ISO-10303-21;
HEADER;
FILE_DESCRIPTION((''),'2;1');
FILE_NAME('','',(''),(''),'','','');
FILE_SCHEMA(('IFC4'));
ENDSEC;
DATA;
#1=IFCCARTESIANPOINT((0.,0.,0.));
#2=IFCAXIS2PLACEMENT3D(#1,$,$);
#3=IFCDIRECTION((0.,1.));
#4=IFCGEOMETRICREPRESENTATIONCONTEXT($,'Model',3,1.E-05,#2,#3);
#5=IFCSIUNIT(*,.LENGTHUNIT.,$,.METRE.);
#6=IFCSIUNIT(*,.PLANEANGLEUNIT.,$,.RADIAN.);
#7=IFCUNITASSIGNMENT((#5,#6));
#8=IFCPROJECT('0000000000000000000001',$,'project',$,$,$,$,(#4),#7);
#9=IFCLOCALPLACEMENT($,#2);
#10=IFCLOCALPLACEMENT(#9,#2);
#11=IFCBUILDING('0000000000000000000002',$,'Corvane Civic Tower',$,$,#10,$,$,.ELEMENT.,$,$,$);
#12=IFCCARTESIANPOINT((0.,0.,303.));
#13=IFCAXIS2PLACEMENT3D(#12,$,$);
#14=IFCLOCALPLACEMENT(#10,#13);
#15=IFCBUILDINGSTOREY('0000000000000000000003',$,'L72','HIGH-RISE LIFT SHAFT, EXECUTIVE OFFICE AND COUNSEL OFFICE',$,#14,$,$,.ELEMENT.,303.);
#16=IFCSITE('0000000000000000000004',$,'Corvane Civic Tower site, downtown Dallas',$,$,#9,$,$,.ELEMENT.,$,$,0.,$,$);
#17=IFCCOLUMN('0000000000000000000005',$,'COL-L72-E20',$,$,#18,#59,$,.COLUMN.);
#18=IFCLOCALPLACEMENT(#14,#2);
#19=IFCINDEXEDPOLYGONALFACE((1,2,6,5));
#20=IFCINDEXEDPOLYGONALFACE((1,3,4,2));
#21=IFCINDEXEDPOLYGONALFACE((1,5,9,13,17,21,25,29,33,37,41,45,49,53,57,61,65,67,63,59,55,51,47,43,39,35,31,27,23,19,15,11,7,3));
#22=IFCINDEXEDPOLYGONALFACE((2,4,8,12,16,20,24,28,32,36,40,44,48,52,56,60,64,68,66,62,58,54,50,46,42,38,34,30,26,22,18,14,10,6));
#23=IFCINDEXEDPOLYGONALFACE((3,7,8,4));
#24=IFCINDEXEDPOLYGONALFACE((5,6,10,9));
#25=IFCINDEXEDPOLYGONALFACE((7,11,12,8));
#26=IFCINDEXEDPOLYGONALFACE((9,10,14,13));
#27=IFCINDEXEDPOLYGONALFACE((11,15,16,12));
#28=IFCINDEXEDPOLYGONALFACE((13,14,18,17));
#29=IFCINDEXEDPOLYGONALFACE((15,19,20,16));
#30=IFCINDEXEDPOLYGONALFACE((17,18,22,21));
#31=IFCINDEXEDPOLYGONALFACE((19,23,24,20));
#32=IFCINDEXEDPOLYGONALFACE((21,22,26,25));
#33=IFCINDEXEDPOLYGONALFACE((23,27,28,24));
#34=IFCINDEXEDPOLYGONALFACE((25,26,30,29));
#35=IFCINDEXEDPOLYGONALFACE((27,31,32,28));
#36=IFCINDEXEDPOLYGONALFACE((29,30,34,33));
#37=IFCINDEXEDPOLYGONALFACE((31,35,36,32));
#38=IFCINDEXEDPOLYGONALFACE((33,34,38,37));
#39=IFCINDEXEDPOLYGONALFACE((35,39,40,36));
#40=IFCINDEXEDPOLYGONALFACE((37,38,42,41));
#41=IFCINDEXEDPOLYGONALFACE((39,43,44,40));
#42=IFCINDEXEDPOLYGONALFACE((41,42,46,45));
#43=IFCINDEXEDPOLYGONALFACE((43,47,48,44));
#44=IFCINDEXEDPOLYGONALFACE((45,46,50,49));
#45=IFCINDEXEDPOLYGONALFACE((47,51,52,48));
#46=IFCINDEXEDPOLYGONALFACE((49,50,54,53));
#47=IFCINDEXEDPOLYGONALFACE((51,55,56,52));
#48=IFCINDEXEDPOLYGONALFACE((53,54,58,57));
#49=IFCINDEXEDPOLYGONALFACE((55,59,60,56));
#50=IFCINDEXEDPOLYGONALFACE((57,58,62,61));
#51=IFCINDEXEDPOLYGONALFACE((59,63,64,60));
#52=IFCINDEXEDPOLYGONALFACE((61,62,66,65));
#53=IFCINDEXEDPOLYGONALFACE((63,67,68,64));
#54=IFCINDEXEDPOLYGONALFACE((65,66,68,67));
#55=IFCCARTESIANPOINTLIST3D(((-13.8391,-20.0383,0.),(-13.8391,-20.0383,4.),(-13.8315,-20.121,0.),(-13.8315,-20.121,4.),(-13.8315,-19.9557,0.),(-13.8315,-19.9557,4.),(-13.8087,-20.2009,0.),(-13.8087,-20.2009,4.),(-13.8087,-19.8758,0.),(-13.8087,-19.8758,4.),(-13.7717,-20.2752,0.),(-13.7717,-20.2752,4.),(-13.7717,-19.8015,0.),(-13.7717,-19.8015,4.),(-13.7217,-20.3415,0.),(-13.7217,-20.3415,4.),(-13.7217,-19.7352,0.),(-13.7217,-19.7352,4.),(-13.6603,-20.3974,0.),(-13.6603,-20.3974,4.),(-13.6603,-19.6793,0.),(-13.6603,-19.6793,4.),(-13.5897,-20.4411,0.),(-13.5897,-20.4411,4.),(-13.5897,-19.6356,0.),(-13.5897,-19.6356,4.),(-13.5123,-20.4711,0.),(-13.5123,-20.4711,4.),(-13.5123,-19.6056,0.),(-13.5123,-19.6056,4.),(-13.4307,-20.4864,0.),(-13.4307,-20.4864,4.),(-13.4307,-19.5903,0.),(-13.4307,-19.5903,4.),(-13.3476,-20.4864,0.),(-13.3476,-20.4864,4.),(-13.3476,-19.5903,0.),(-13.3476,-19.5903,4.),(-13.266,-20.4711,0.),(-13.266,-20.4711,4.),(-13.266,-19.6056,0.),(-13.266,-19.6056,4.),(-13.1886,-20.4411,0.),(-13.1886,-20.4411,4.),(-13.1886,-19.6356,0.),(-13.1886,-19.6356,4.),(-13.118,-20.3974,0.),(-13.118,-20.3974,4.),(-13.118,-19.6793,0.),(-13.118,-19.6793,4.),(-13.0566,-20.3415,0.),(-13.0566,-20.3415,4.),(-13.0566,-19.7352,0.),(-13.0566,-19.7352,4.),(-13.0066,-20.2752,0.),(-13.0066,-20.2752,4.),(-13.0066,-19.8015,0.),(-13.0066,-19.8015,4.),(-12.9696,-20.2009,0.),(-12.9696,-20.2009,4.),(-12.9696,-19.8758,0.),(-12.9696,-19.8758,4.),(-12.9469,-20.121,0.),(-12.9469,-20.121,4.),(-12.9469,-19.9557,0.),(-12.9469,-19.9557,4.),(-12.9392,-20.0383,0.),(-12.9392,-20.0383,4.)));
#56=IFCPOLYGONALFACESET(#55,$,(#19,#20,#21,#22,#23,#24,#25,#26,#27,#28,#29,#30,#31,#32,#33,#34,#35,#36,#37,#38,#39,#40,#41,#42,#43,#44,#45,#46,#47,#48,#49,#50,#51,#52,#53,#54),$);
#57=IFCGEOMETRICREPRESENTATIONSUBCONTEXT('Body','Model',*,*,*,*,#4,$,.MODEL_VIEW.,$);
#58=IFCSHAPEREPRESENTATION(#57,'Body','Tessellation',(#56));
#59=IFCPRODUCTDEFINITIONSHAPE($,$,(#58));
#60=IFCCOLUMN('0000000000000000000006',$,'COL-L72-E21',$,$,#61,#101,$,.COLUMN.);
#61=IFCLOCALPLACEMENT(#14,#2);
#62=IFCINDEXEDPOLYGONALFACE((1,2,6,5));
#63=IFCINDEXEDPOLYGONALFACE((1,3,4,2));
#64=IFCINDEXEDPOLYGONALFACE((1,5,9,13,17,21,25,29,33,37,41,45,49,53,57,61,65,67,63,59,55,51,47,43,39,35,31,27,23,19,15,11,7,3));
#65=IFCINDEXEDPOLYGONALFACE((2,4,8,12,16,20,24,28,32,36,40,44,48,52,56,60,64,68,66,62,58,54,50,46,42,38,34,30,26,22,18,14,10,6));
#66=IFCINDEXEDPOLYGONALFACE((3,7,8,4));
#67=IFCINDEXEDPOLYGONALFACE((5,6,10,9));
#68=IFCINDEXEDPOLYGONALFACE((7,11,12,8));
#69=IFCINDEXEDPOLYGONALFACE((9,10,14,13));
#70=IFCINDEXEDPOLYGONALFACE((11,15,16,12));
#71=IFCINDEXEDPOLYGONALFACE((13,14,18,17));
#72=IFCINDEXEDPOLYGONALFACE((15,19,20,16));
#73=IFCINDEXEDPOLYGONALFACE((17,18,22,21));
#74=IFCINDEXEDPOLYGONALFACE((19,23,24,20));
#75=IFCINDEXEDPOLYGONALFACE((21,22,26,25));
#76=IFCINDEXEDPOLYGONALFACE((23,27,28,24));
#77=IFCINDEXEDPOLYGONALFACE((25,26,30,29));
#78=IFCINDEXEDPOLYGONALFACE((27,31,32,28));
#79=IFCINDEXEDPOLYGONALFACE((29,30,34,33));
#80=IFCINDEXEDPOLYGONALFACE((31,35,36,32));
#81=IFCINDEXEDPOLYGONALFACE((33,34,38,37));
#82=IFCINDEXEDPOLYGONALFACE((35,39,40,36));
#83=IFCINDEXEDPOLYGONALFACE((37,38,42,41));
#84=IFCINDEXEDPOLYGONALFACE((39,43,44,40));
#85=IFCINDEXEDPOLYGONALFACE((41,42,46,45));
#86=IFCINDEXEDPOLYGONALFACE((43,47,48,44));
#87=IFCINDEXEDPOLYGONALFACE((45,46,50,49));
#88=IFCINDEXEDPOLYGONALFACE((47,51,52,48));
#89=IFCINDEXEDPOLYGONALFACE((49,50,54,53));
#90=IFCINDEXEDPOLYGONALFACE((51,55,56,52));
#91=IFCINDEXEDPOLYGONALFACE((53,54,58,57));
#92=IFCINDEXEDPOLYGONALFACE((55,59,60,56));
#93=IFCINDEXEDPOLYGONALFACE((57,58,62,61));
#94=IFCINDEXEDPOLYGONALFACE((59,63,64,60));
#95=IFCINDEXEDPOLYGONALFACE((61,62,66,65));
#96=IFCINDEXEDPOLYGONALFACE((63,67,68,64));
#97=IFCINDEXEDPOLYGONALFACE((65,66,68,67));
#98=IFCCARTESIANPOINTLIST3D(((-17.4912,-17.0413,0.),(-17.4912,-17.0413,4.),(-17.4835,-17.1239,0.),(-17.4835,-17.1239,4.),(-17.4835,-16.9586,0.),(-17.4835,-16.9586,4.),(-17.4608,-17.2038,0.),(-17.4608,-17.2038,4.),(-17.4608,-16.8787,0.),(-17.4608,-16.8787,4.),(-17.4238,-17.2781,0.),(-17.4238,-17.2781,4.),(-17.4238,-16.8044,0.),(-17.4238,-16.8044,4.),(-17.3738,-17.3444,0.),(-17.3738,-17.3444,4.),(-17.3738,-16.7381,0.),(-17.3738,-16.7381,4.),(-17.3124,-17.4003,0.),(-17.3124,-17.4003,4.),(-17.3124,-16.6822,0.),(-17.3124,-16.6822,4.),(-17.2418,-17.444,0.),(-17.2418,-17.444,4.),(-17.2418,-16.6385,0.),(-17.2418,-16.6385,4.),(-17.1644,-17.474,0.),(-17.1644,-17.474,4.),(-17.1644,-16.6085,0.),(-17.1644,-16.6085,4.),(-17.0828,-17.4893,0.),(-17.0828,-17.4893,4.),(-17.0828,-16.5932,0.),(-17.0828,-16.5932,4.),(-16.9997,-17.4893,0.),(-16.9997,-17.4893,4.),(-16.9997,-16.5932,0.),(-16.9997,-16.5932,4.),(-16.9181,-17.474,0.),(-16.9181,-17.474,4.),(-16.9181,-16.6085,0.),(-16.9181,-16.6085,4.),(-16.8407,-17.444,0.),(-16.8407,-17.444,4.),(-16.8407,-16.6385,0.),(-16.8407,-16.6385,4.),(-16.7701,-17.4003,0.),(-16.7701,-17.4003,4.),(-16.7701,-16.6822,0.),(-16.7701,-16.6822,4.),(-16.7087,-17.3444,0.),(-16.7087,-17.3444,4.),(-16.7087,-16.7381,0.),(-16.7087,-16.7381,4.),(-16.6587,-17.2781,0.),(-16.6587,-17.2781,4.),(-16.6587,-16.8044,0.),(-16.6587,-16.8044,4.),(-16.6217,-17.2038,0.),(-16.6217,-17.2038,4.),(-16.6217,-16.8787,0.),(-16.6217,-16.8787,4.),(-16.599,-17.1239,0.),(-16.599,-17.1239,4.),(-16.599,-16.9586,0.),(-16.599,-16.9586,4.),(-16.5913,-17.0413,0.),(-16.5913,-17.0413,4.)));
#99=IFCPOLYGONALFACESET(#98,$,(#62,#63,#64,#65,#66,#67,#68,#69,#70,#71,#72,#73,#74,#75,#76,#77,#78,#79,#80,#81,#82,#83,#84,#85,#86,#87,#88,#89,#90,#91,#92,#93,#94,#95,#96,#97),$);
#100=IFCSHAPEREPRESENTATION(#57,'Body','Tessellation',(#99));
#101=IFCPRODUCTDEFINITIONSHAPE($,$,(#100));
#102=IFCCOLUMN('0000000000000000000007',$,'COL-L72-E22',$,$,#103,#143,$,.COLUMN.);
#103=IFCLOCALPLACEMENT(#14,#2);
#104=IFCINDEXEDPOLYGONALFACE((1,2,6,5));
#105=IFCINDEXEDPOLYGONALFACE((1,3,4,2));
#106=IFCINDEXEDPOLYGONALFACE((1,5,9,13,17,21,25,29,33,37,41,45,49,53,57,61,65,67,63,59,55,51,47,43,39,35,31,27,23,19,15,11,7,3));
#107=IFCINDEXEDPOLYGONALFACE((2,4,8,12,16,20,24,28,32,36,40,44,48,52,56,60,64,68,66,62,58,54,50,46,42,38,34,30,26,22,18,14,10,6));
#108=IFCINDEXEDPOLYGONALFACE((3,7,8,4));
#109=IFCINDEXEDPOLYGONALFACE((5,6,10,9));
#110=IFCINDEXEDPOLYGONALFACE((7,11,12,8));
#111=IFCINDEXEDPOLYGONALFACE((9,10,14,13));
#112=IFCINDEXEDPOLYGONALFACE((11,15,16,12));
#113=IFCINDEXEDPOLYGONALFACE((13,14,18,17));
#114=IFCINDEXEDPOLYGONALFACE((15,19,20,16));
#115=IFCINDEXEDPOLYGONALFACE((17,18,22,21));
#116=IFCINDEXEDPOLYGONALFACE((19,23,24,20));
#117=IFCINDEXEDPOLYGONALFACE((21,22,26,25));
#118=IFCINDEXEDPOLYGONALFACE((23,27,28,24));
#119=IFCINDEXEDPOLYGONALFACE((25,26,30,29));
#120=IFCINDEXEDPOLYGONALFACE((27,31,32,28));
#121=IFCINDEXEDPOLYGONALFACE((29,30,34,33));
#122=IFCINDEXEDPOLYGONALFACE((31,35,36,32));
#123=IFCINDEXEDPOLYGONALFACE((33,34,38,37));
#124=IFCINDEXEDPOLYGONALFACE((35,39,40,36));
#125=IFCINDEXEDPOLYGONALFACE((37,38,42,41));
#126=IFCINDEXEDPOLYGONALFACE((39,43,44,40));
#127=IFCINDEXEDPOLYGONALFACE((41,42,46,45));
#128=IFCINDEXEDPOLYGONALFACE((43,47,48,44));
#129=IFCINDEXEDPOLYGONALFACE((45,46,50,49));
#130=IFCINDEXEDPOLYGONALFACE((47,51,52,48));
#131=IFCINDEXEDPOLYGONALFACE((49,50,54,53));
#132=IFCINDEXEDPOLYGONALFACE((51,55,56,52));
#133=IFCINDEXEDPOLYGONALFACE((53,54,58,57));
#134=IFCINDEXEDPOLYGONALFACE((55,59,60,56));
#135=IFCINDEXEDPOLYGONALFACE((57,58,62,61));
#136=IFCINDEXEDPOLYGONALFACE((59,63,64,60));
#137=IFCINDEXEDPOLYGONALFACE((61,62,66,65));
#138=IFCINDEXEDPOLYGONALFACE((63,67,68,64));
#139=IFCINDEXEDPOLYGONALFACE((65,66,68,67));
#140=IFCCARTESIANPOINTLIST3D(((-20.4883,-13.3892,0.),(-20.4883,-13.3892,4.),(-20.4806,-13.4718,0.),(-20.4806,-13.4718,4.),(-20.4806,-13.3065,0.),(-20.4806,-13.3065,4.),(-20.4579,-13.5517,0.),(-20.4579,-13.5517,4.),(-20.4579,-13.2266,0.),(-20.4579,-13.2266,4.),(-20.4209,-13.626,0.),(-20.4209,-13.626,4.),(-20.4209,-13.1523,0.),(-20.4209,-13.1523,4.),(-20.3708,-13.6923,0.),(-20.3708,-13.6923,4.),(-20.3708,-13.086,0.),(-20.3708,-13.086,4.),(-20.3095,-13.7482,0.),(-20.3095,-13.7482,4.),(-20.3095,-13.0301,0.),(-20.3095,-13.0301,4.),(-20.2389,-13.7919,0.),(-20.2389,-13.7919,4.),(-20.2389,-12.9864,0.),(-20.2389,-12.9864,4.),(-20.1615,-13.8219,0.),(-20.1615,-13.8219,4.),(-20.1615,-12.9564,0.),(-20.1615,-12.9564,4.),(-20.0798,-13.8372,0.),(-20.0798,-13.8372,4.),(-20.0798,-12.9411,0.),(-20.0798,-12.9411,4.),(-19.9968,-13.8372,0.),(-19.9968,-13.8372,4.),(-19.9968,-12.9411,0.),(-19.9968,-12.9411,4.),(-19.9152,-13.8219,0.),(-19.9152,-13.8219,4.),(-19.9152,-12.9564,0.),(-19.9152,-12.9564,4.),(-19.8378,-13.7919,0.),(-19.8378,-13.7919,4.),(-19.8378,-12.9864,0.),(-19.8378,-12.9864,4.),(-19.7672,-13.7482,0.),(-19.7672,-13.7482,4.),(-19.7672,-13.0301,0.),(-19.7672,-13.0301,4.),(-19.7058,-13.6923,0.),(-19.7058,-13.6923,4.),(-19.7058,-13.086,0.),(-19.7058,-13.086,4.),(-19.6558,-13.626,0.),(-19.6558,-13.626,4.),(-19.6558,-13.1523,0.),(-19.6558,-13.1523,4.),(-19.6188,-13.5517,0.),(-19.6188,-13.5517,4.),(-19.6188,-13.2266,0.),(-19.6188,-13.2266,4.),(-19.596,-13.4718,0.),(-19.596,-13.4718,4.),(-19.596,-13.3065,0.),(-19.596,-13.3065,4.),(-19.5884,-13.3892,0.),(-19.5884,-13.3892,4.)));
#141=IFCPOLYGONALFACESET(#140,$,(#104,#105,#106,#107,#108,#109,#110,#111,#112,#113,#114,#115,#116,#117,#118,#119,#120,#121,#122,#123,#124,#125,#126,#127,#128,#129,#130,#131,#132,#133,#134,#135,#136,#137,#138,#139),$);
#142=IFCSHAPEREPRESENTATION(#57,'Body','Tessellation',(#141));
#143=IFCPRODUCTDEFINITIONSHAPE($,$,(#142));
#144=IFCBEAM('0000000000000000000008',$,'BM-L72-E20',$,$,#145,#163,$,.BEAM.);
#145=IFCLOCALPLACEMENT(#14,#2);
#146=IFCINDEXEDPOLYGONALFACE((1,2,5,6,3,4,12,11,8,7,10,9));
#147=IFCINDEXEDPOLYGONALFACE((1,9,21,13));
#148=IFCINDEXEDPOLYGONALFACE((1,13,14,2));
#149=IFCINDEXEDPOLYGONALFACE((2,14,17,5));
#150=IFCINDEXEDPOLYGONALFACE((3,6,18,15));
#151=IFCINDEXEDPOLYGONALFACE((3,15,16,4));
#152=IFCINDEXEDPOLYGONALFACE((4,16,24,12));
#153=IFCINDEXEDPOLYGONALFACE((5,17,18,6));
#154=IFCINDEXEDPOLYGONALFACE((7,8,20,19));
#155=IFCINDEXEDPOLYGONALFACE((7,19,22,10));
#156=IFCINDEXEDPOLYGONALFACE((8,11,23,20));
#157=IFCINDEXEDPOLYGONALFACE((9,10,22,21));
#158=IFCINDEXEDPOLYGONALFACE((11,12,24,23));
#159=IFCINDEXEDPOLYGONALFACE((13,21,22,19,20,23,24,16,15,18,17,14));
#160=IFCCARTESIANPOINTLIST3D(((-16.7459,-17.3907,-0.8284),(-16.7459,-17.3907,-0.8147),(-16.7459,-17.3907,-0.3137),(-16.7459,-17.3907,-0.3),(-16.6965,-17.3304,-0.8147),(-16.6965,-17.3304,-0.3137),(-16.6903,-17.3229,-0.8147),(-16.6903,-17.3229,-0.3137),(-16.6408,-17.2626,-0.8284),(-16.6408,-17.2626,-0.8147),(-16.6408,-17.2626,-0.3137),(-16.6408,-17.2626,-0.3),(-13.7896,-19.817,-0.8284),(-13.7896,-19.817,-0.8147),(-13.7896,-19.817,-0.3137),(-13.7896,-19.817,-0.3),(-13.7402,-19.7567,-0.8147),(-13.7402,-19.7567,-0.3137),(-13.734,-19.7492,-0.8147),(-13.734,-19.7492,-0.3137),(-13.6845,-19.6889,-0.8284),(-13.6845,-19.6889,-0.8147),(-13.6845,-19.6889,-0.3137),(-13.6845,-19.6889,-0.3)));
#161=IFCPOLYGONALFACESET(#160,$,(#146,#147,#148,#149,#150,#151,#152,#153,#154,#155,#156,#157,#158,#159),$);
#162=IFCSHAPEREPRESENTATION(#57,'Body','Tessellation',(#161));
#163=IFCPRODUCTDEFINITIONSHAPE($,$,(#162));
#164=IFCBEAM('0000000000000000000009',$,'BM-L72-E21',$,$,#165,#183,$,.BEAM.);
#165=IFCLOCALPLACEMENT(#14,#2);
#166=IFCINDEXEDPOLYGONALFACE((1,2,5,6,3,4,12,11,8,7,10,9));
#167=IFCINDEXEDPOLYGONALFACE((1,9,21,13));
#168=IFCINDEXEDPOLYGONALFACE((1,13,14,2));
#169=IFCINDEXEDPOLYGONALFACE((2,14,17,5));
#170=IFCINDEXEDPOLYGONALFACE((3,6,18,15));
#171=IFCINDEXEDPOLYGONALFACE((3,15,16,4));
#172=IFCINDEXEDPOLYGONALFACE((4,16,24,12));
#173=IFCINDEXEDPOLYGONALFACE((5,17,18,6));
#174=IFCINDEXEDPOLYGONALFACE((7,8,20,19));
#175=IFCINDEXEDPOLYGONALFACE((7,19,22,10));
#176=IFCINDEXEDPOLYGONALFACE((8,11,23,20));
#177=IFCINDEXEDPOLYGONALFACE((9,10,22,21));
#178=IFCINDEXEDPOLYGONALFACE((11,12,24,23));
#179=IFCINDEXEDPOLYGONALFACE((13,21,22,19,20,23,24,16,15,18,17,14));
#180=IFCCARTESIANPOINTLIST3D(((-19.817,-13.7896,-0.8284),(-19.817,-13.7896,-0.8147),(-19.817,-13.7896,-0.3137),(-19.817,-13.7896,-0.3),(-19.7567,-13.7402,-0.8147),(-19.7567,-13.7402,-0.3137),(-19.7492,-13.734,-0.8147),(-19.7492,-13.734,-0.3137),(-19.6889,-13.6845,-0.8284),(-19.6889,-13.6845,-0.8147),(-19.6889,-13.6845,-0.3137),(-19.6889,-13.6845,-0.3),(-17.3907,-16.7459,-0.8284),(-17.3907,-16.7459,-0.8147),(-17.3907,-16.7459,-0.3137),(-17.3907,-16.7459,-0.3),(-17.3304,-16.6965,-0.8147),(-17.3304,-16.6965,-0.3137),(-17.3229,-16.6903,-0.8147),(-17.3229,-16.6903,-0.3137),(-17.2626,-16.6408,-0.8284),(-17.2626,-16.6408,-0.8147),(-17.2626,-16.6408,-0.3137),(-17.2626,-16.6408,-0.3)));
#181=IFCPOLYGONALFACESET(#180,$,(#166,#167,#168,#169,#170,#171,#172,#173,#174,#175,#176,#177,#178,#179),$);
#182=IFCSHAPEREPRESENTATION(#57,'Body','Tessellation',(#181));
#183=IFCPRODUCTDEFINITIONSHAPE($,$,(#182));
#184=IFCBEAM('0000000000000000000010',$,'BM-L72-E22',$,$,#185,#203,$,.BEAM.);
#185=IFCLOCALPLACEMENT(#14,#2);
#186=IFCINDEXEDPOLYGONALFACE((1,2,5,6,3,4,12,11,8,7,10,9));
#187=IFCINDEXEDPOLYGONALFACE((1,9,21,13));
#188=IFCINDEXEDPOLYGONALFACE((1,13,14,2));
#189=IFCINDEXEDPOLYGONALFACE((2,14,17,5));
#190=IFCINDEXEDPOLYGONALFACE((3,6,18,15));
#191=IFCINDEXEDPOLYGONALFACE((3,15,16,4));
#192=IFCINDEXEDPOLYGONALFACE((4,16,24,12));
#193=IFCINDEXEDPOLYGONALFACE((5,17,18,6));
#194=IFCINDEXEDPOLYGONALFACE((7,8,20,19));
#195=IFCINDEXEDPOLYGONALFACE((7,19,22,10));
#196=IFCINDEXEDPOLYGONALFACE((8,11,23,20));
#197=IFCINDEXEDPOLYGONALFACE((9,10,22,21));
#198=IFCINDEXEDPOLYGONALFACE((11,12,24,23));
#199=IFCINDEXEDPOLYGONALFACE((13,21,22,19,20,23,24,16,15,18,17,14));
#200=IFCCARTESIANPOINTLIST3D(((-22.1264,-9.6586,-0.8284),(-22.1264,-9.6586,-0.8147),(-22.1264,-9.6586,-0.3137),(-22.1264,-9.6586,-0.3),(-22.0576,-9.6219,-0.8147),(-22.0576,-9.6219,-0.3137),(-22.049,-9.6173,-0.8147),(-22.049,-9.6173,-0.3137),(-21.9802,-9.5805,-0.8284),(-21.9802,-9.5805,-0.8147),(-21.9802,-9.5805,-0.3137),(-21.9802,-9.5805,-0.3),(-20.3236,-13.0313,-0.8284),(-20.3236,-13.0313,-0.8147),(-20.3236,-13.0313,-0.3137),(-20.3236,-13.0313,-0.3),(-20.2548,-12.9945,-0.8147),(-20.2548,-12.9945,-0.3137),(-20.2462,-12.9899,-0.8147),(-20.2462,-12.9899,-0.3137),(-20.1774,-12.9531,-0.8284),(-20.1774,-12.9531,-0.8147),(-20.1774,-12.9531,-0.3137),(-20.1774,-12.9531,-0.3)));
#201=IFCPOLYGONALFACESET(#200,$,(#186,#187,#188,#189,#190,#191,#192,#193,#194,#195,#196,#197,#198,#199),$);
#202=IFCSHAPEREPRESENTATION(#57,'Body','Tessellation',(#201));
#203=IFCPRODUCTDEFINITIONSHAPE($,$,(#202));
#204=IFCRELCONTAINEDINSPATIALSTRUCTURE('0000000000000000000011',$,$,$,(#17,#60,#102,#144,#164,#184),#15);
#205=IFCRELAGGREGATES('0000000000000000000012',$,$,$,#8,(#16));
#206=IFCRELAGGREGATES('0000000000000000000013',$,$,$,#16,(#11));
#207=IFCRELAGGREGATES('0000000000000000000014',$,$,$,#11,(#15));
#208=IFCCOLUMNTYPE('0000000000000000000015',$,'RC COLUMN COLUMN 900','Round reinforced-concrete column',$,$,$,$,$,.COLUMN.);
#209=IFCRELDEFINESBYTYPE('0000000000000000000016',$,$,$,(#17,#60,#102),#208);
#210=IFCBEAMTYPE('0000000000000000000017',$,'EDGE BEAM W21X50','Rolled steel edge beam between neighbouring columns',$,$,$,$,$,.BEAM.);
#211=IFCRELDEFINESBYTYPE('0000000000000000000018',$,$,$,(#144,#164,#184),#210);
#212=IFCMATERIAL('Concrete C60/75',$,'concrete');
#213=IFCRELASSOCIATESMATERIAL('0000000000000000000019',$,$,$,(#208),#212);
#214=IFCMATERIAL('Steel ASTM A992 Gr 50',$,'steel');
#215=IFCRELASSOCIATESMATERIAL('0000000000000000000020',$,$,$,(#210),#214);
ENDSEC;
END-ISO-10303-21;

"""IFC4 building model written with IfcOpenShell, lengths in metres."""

from ifc_helpers import new_model, si_unit, direction, frame, origin, origin_2d, place, context, subcontext, project, spatial, circle, i_section, extrude, material, material_profile, profile_set, type_object, element, save


model = new_model("IFC4")

# Units and contexts
model_context = context("Model", 3, precision=1e-05, world=origin(), true_north=direction((0.0, 1.0)))
body_context = subcontext(model_context, "Body", "Model", "MODEL_VIEW")
ifc_project = project(units=[si_unit("LENGTHUNIT", "METRE"), si_unit("PLANEANGLEUNIT", "RADIAN")], contexts=[model_context])

# Site, building, storey
site_placement = place(None, origin())
site = spatial("IfcSite", under=ifc_project, at=site_placement, Name="Corvane Civic Tower site, downtown Dallas", CompositionType="ELEMENT", RefElevation=0.0)
building_placement = place(site_placement, origin())
building = spatial("IfcBuilding", under=site, at=building_placement, Name="Corvane Civic Tower", CompositionType="ELEMENT")
storey_placement = place(building_placement, frame((0.0, 0.0, 303.0)))
storey = spatial("IfcBuildingStorey", under=building, at=storey_placement, Name="L72", Description="HIGH-RISE LIFT SHAFT, EXECUTIVE OFFICE AND COUNSEL OFFICE", CompositionType="ELEMENT", Elevation=303.0)

# Columns
ifc_material_1 = material(Name="Concrete C60/75", Category="concrete")
ifc_material_profile_1 = material_profile(ifc_material_1, circle(Radius=0.45, at=origin_2d()), Name="COLUMN 900")
ifc_profile_set_1 = profile_set([ifc_material_profile_1], Name="Concrete C60/75")
column_type = type_object("IfcColumnType", Name="RC COLUMN COLUMN 900", Description="Round reinforced-concrete column", PredefinedType="COLUMN", material=ifc_profile_set_1)
for number, where, z_axis, x_axis, name in (
    (1, (-13.3892, -20.0383, 0.0), (0.0, 0.0, 1.0), (1.0, 0.0, 0.0), "COL-L72-E20"),
    (2, (-17.0413, -17.0413, 0.0), (0.0, 0.0, 1.0), (1.0, 0.0, 0.0), "COL-L72-E21"),
    (3, (-20.0383, -13.3892, 0.0), (0.0, 0.0, 1.0), (1.0, 0.0, 0.0), "COL-L72-E22"),
):
    element("IfcColumn", number, at=place(storey_placement, frame(where, z_axis=z_axis, x_axis=x_axis)), inside=storey, type_object=column_type, Name=name, PredefinedType="COLUMN", context=body_context, shape_type="SweptSolid", body=[
        extrude(circle(Radius=0.45, at=origin_2d()), origin(), (0.0, 0.0, 1.0), 4.0),
    ])

# Beams
ifc_material_2 = material(Name="Steel ASTM A992 Gr 50", Category="steel")
ifc_material_profile_2 = material_profile(ifc_material_2, i_section(OverallWidth=0.1658, OverallDepth=0.5283, WebThickness=0.0098, FlangeThickness=0.0137, at=origin_2d()), Name="W21X50")
ifc_profile_set_2 = profile_set([ifc_material_profile_2], Name="Steel ASTM A992 Gr 50")
beam_type = type_object("IfcBeamType", Name="EDGE BEAM W21X50", Description="Rolled steel edge beam between neighbouring columns", PredefinedType="BEAM", material=ifc_profile_set_2)
for number, where, z_axis, x_axis, name in (
    (4, (-13.7371, -19.7529, -0.5642), (-0.772998, 0.634409, 0.0), (-0.634409, -0.772998, 0.0), "BM-L72-E20"),
    (5, (-17.3267, -16.6934, -0.5642), (-0.634409, 0.772998, 0.0), (-0.772998, -0.634409, 0.0), "BM-L72-E21"),
):
    element("IfcBeam", number, at=place(storey_placement, frame(where, z_axis=z_axis, x_axis=x_axis)), inside=storey, type_object=beam_type, Name=name, PredefinedType="BEAM", context=body_context, shape_type="SweptSolid", body=[
        extrude(i_section(OverallWidth=0.1658, OverallDepth=0.5283, WebThickness=0.0098, FlangeThickness=0.0137, at=origin_2d()), origin(), (0.0, 0.0, 1.0), 3.8245),
    ])
beam_placement = place(storey_placement, frame((-20.2505, -12.9922, -0.5642), z_axis=(-0.47141, 0.881914, 0.0), x_axis=(-0.881914, -0.47141, 0.0)))
element("IfcBeam", 6, at=beam_placement, inside=storey, type_object=beam_type, Name="BM-L72-E22", PredefinedType="BEAM", context=body_context, shape_type="SweptSolid", body=[
    extrude(i_section(OverallWidth=0.1658, OverallDepth=0.5283, WebThickness=0.0098, FlangeThickness=0.0137, at=origin_2d()), origin(), (0.0, 0.0, 1.0), 3.8242),
])

save(model, "model.ifc")
